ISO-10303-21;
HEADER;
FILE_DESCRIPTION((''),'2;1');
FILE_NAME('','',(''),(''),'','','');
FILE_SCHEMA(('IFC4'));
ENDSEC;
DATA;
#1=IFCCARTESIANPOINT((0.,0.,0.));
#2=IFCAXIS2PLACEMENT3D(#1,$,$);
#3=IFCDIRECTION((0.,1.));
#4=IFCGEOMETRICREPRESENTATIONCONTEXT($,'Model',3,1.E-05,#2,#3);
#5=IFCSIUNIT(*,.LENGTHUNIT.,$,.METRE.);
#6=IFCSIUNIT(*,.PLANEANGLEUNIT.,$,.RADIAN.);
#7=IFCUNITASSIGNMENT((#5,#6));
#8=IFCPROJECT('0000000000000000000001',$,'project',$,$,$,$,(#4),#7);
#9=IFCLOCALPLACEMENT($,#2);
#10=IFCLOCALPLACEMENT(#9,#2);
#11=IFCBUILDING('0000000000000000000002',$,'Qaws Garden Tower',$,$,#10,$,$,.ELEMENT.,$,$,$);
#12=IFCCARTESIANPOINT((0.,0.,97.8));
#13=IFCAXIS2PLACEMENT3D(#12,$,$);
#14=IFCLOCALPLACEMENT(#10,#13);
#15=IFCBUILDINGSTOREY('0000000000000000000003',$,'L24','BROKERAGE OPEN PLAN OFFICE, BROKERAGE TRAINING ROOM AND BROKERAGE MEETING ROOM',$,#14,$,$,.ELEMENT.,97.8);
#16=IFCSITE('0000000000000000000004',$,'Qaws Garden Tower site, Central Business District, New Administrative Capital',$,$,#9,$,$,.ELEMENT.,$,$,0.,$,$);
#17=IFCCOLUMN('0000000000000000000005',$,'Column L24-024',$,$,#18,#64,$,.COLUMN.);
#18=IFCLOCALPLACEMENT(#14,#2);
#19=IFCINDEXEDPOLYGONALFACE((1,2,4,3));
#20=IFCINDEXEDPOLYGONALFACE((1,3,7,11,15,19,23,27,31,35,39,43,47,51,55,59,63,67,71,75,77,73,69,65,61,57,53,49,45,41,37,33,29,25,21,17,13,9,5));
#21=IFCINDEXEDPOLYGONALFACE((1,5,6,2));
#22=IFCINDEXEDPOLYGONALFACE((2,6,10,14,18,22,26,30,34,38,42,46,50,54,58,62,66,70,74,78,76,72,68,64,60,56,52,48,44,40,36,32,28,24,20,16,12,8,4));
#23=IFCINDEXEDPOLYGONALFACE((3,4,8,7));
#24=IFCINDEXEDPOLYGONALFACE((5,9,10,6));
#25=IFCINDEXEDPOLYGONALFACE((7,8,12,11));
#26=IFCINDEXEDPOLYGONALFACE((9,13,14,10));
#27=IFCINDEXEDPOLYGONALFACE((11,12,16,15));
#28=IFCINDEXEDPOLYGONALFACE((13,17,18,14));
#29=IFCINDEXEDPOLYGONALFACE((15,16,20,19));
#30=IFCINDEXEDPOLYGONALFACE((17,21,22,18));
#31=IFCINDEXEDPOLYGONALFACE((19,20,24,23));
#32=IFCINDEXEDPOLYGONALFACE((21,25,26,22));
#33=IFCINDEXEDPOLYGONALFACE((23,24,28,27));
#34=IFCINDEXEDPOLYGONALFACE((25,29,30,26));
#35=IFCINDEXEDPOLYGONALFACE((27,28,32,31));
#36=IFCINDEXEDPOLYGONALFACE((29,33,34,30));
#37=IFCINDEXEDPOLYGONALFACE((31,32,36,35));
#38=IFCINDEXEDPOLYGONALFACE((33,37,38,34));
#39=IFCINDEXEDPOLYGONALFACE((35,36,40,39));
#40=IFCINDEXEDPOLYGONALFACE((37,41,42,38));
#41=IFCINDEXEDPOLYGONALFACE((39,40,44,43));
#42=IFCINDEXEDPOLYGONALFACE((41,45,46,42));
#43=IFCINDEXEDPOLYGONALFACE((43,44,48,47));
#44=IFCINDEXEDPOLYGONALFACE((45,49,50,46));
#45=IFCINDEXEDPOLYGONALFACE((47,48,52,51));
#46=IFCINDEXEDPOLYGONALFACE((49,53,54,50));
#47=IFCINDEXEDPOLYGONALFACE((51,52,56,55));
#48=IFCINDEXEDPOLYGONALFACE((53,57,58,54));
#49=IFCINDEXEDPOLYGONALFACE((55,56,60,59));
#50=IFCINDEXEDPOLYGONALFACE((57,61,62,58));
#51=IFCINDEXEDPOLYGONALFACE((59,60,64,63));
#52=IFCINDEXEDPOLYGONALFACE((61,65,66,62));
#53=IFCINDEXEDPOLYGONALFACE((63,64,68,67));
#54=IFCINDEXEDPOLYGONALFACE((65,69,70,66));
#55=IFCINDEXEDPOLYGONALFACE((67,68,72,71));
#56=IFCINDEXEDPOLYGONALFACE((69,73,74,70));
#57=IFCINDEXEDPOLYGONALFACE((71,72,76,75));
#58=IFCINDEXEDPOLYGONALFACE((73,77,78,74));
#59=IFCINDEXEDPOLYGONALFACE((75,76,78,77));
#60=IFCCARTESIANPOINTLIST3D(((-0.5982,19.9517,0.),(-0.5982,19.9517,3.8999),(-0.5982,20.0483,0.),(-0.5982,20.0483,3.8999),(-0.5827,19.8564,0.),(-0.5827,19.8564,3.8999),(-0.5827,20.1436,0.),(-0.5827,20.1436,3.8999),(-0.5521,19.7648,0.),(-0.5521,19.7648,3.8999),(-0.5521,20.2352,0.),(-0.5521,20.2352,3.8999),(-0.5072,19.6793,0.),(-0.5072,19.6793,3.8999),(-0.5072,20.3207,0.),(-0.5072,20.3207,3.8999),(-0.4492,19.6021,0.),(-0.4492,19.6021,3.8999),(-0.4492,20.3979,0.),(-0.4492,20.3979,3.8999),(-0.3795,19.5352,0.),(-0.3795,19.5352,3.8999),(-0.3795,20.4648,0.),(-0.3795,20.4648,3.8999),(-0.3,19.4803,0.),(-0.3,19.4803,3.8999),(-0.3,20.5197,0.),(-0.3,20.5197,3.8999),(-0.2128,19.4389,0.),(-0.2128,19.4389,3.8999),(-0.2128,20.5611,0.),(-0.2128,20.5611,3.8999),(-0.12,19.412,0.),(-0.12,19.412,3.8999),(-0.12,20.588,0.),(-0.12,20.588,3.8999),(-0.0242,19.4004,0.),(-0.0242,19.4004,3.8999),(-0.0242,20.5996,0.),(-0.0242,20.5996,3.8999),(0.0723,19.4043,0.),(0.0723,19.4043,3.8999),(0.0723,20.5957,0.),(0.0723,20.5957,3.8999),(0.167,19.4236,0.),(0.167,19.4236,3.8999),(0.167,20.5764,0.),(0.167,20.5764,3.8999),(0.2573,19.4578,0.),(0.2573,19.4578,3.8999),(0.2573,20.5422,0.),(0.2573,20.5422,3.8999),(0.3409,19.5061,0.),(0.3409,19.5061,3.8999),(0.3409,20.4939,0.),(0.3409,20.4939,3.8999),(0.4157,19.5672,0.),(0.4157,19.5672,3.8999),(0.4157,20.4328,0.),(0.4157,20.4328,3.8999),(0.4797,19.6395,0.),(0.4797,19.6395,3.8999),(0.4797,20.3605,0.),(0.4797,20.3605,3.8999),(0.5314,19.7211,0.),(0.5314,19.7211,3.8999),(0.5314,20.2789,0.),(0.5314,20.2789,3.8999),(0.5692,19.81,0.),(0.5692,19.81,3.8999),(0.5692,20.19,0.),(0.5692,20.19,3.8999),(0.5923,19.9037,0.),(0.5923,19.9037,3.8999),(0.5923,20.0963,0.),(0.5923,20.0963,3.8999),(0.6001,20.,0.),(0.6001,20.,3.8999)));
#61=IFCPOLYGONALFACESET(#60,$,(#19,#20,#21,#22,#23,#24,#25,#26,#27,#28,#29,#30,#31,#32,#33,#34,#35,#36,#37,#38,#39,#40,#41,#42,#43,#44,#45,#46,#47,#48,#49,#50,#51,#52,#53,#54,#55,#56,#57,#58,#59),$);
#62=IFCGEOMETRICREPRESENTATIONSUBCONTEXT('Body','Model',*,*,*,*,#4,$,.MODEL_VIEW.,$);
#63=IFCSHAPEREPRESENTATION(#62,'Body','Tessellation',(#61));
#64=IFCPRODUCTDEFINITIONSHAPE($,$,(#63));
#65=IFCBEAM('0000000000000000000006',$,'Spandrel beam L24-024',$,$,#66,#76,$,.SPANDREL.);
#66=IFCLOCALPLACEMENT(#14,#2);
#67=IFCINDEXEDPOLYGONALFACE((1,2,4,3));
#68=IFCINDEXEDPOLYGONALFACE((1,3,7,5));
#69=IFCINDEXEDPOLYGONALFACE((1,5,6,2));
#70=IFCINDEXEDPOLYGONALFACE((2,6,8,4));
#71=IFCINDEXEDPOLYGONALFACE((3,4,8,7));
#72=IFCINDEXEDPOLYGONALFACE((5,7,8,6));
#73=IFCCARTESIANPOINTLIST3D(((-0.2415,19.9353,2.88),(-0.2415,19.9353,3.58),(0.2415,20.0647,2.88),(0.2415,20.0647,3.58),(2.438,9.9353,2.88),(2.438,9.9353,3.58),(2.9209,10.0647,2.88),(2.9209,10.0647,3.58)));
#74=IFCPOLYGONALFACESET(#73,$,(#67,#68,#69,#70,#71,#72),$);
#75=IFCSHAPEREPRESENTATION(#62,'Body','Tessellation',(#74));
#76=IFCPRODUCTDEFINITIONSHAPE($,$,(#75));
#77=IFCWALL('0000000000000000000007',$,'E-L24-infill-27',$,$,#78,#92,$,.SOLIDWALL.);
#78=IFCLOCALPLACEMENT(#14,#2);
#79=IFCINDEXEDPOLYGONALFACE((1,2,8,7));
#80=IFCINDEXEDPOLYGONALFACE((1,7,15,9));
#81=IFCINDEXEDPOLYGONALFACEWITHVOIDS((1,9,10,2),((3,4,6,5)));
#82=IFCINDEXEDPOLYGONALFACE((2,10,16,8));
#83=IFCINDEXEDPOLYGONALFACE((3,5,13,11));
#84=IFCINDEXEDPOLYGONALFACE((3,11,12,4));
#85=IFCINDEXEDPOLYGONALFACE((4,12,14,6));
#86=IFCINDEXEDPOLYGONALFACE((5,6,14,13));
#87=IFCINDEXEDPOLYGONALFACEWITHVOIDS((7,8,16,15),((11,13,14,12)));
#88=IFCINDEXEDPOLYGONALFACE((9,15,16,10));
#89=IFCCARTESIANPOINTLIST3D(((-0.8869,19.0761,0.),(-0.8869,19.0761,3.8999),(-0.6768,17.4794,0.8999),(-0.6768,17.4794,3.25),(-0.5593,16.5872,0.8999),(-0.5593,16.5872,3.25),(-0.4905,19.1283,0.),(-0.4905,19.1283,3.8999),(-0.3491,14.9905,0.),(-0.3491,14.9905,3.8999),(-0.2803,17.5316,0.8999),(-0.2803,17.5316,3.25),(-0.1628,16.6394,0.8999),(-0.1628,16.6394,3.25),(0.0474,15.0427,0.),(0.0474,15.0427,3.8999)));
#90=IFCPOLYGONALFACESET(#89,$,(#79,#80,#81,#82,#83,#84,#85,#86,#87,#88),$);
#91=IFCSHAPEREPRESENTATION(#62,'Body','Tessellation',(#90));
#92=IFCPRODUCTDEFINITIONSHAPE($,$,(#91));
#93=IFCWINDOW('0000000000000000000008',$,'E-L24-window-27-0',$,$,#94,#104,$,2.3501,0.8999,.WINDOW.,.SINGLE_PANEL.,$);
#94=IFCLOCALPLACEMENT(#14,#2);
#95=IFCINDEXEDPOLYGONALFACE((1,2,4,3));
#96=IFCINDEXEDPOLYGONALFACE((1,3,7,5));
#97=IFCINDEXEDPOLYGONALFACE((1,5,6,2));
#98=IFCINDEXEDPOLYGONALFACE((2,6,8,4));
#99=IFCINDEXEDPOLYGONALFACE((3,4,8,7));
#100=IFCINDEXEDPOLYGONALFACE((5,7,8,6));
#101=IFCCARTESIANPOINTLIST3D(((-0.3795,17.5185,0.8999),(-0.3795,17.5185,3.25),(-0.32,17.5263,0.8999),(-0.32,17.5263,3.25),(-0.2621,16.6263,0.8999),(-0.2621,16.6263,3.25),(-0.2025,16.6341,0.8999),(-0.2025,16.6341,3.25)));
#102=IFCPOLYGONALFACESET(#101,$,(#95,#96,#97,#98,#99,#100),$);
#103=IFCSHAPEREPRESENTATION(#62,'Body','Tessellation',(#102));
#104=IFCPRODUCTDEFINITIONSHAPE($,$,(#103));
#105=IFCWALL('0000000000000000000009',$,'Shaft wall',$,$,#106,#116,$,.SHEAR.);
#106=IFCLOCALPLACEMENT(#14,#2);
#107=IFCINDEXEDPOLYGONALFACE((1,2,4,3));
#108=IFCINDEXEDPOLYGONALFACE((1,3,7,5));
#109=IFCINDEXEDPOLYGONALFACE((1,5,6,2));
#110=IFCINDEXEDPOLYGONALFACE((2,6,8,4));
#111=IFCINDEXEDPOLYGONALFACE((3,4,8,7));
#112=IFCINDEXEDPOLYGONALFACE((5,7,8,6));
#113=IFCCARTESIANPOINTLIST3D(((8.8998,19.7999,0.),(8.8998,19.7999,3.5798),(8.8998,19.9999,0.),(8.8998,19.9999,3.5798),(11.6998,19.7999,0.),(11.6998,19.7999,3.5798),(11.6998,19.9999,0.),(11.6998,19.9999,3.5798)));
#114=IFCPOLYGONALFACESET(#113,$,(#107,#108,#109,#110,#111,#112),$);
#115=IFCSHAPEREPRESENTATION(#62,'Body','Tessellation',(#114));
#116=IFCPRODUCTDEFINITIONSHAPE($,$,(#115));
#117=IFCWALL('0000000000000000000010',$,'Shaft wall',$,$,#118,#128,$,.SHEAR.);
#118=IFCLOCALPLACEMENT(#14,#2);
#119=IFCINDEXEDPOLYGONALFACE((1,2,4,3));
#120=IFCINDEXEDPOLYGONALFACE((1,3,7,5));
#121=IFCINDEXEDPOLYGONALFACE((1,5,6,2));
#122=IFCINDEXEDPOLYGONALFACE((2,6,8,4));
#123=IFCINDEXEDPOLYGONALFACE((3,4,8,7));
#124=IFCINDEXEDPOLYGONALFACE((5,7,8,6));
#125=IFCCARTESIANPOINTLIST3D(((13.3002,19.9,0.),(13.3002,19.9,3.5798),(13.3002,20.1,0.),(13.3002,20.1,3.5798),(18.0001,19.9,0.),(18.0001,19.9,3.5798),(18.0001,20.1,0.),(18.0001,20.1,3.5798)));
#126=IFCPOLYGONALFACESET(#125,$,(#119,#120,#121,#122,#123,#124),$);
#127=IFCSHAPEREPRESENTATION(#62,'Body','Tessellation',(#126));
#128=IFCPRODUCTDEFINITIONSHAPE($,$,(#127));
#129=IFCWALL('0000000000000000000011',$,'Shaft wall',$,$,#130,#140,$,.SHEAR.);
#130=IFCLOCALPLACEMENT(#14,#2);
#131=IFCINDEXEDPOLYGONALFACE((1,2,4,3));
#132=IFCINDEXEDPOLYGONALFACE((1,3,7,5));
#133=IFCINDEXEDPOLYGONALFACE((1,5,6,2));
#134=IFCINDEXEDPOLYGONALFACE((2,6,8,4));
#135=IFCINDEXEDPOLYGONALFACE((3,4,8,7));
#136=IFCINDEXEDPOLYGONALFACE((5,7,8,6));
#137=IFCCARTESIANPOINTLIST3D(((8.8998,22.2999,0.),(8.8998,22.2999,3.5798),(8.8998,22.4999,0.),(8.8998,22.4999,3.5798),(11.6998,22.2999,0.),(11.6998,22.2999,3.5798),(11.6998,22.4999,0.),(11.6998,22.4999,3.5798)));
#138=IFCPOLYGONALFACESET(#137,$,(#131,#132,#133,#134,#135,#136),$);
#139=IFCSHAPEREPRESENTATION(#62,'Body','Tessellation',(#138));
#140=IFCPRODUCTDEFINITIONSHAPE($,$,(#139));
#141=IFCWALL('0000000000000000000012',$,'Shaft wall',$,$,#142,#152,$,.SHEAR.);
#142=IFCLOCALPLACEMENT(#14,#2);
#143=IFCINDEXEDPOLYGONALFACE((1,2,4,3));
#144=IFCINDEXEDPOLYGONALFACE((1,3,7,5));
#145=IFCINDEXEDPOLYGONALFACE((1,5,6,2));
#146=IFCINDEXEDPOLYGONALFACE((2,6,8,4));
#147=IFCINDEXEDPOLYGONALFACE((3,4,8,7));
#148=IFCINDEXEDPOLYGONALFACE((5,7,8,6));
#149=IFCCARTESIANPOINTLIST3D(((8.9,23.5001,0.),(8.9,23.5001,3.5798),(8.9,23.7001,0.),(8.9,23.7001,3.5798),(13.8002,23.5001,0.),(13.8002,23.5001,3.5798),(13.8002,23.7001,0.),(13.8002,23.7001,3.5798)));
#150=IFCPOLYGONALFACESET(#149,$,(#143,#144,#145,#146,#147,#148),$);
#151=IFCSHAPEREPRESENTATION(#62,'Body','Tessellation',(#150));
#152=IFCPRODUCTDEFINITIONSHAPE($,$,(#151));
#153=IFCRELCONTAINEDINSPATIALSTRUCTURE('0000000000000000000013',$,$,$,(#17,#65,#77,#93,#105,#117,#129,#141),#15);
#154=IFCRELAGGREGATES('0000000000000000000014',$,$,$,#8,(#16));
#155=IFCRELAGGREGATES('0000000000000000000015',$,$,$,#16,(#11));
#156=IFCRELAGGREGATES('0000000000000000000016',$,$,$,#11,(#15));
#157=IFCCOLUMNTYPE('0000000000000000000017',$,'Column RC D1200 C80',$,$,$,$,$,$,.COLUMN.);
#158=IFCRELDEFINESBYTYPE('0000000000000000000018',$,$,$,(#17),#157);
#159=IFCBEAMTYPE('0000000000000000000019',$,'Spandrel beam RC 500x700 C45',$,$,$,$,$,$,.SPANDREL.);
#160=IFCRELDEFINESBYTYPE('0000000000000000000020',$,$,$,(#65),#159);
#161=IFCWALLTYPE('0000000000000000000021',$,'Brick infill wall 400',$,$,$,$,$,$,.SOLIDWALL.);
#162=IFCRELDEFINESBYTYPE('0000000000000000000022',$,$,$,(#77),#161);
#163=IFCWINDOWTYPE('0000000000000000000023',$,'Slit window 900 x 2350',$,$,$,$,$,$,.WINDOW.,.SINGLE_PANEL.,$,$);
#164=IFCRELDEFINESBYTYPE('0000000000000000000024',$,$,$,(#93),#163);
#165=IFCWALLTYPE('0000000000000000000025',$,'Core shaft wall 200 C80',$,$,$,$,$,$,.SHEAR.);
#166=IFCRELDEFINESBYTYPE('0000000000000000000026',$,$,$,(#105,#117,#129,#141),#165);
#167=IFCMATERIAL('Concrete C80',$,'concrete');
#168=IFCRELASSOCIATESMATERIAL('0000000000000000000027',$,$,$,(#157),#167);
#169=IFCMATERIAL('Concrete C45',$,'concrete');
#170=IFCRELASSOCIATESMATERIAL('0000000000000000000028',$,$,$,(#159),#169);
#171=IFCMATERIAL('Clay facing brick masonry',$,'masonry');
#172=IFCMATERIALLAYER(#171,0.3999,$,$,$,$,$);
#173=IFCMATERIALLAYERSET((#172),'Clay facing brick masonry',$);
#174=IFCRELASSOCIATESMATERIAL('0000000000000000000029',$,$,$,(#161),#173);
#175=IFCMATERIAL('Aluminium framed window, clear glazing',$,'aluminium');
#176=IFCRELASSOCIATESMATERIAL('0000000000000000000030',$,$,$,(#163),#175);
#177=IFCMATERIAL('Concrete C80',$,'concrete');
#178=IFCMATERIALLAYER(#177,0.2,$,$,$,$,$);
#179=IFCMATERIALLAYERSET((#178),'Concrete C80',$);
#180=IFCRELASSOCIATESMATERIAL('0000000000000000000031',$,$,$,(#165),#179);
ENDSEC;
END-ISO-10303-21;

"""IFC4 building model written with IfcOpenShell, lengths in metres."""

from ifc_helpers import new_model, si_unit, direction, frame, frame_2d, origin, origin_2d, place, context, subcontext, project, spatial, rectangle, circle, extrude, material, layer, layer_set, material_profile, profile_set, type_object, element, fill, save


model = new_model("IFC4")

# Units and contexts
model_context = context("Model", 3, precision=1e-05, world=origin(), true_north=direction((0.0, 1.0)))
body_context = subcontext(model_context, "Body", "Model", "MODEL_VIEW")
ifc_project = project(units=[si_unit("LENGTHUNIT", "METRE"), si_unit("PLANEANGLEUNIT", "RADIAN")], contexts=[model_context])

# Site, building, storey
site_placement = place(None, origin())
site = spatial("IfcSite", under=ifc_project, at=site_placement, Name="Qaws Garden Tower site, Central Business District, New Administrative Capital", CompositionType="ELEMENT", RefElevation=0.0)
building_placement = place(site_placement, origin())
building = spatial("IfcBuilding", under=site, at=building_placement, Name="Qaws Garden Tower", CompositionType="ELEMENT")
storey_placement = place(building_placement, frame((0.0, 0.0, 97.8)))
storey = spatial("IfcBuildingStorey", under=building, at=storey_placement, Name="L24", Description="BROKERAGE OPEN PLAN OFFICE, BROKERAGE TRAINING ROOM AND BROKERAGE MEETING ROOM", CompositionType="ELEMENT", Elevation=97.8)

# Column
ifc_material_1 = material(Name="Concrete C80", Category="concrete")
ifc_material_profile_1 = material_profile(ifc_material_1, circle(Radius=0.6001, at=origin_2d()), Name="RC D1200")
ifc_profile_set_1 = profile_set([ifc_material_profile_1], Name="Concrete C80")
column_type = type_object("IfcColumnType", Name="Column RC D1200 C80", PredefinedType="COLUMN", material=ifc_profile_set_1)
column_placement = place(storey_placement, frame((0.0, 20.0, 0.0), z_axis=(0.0, 0.0, 1.0), x_axis=(1.0, 0.0, 0.0)))
element("IfcColumn", 1, at=column_placement, inside=storey, type_object=column_type, Name="Column L24-024", PredefinedType="COLUMN", context=body_context, shape_type="SweptSolid", body=[
    extrude(circle(Radius=0.6001, at=origin_2d()), origin(), (0.0, 0.0, 1.0), 3.8999),
])

# Beam
ifc_material_2 = material(Name="Concrete C45", Category="concrete")
ifc_material_profile_2 = material_profile(ifc_material_2, rectangle(XDim=0.5, YDim=0.7, at=origin_2d()), Name="RC 500x700")
ifc_profile_set_2 = profile_set([ifc_material_profile_2], Name="Concrete C45")
beam_type = type_object("IfcBeamType", Name="Spandrel beam RC 500x700 C45", PredefinedType="SPANDREL", material=ifc_profile_set_2)
beam_placement = place(storey_placement, frame((0.0, 20.0, 3.23), z_axis=(0.258815, -0.965927, 0.0), x_axis=(0.965927, 0.258815, 0.0)))
element("IfcBeam", 2, at=beam_placement, inside=storey, type_object=beam_type, Name="Spandrel beam L24-024", PredefinedType="SPANDREL", context=body_context, shape_type="SweptSolid", body=[
    extrude(rectangle(XDim=0.5, YDim=0.7, at=origin_2d()), origin(), (0.0, 0.0, 1.0), 10.3528),
])

# Wall, opening, window
ifc_material_3 = material(Name="Clay facing brick masonry", Category="masonry")
ifc_layer_1 = layer(ifc_material_3, 0.3999)
ifc_layer_set_1 = layer_set([ifc_layer_1], Name="Clay facing brick masonry")
wall_type_1 = type_object("IfcWallType", Name="Brick infill wall 400", PredefinedType="SOLIDWALL", material=ifc_layer_set_1)
wall_1_placement = place(storey_placement, frame((-0.6887, 19.1023, 0.0), z_axis=(0.0, 0.0, 1.0), x_axis=(0.130514, -0.991446, 0.0)))
wall_1 = element("IfcWall", 3, at=wall_1_placement, inside=storey, type_object=wall_type_1, Name="E-L24-infill-27", PredefinedType="SOLIDWALL", context=body_context, shape_type="SweptSolid", body=[
    extrude(rectangle(XDim=4.1208, YDim=0.3999, at=frame_2d((2.0605, 0.0))), origin(), (0.0, 0.0, 1.0), 3.8999),
])
opening_1_placement = place(wall_1_placement, frame((1.6106, 0.0, 0.8999)))
opening_1 = element("IfcOpeningElement", 4, at=opening_1_placement, cuts=wall_1, PredefinedType="OPENING", context=body_context, shape_type="SweptSolid", body=[
    extrude(rectangle(XDim=0.8999, YDim=2.3501, at=frame_2d((0.45, 1.175))), frame((0.0, 0.21, 0.0), z_axis=(0.0, -1.0, 0.0), x_axis=(1.0, 0.0, 0.0)), (0.0, 0.0, 1.0), 0.4199),
])
ifc_material_4 = material(Name="Aluminium framed window, clear glazing", Category="aluminium")
window_type = type_object("IfcWindowType", Name="Slit window 900 x 2350", PartitioningType="SINGLE_PANEL", PredefinedType="WINDOW", material=ifc_material_4)
window_placement = place(opening_1_placement, origin())
window = element("IfcWindow", 5, at=window_placement, inside=storey, type_object=window_type, Name="E-L24-window-27-0", OverallHeight=2.3501, OverallWidth=0.8999, PartitioningType="SINGLE_PANEL", PredefinedType="WINDOW", context=body_context, shape_type="SweptSolid", body=[
    extrude(rectangle(XDim=0.8999, YDim=2.3501, at=frame_2d((0.45, 1.175))), frame((0.0, 0.1599, 0.0), z_axis=(0.0, -1.0, 0.0), x_axis=(1.0, 0.0, 0.0)), (0.0, 0.0, 1.0), 0.0601),
])
fill(opening_1, window)

# Walls
ifc_material_5 = material(Name="Concrete C80", Category="concrete")
ifc_layer_2 = layer(ifc_material_5, 0.2)
ifc_layer_set_2 = layer_set([ifc_layer_2], Name="Concrete C80")
wall_type_2 = type_object("IfcWallType", Name="Core shaft wall 200 C80", PredefinedType="SHEAR", material=ifc_layer_set_2)
wall_2_placement = place(storey_placement, frame((8.8999, 19.8999, 0.0), z_axis=(0.0, 0.0, 1.0), x_axis=(1.0, 0.0, 0.0)))
element("IfcWall", 6, at=wall_2_placement, inside=storey, type_object=wall_type_2, Name="Shaft wall", PredefinedType="SHEAR", context=body_context, shape_type="SweptSolid", body=[
    extrude(rectangle(XDim=2.8, YDim=0.2, at=frame_2d((1.3999, 0.0))), origin(), (0.0, 0.0, 1.0), 3.5798),
])
wall_3_placement = place(storey_placement, frame((13.3, 20.0, 0.0), z_axis=(0.0, 0.0, 1.0), x_axis=(1.0, 0.0, 0.0)))
element("IfcWall", 7, at=wall_3_placement, inside=storey, type_object=wall_type_2, Name="Shaft wall", PredefinedType="SHEAR", context=body_context, shape_type="SweptSolid", body=[
    extrude(rectangle(XDim=4.7, YDim=0.2, at=frame_2d((2.3501, 0.0))), origin(), (0.0, 0.0, 1.0), 3.5798),
])
wall_4_placement = place(storey_placement, frame((8.8999, 22.3999, 0.0), z_axis=(0.0, 0.0, 1.0), x_axis=(1.0, 0.0, 0.0)))
element("IfcWall", 8, at=wall_4_placement, inside=storey, type_object=wall_type_2, Name="Shaft wall", PredefinedType="SHEAR", context=body_context, shape_type="SweptSolid", body=[
    extrude(rectangle(XDim=2.8, YDim=0.2, at=frame_2d((1.3999, 0.0))), origin(), (0.0, 0.0, 1.0), 3.5798),
])
wall_5_placement = place(storey_placement, frame((8.8999, 23.6001, 0.0), z_axis=(0.0, 0.0, 1.0), x_axis=(1.0, 0.0, 0.0)))
element("IfcWall", 9, at=wall_5_placement, inside=storey, type_object=wall_type_2, Name="Shaft wall", PredefinedType="SHEAR", context=body_context, shape_type="SweptSolid", body=[
    extrude(rectangle(XDim=4.9001, YDim=0.2, at=frame_2d((2.4502, 0.0))), origin(), (0.0, 0.0, 1.0), 3.5798),
])

save(model, "model.ifc")
